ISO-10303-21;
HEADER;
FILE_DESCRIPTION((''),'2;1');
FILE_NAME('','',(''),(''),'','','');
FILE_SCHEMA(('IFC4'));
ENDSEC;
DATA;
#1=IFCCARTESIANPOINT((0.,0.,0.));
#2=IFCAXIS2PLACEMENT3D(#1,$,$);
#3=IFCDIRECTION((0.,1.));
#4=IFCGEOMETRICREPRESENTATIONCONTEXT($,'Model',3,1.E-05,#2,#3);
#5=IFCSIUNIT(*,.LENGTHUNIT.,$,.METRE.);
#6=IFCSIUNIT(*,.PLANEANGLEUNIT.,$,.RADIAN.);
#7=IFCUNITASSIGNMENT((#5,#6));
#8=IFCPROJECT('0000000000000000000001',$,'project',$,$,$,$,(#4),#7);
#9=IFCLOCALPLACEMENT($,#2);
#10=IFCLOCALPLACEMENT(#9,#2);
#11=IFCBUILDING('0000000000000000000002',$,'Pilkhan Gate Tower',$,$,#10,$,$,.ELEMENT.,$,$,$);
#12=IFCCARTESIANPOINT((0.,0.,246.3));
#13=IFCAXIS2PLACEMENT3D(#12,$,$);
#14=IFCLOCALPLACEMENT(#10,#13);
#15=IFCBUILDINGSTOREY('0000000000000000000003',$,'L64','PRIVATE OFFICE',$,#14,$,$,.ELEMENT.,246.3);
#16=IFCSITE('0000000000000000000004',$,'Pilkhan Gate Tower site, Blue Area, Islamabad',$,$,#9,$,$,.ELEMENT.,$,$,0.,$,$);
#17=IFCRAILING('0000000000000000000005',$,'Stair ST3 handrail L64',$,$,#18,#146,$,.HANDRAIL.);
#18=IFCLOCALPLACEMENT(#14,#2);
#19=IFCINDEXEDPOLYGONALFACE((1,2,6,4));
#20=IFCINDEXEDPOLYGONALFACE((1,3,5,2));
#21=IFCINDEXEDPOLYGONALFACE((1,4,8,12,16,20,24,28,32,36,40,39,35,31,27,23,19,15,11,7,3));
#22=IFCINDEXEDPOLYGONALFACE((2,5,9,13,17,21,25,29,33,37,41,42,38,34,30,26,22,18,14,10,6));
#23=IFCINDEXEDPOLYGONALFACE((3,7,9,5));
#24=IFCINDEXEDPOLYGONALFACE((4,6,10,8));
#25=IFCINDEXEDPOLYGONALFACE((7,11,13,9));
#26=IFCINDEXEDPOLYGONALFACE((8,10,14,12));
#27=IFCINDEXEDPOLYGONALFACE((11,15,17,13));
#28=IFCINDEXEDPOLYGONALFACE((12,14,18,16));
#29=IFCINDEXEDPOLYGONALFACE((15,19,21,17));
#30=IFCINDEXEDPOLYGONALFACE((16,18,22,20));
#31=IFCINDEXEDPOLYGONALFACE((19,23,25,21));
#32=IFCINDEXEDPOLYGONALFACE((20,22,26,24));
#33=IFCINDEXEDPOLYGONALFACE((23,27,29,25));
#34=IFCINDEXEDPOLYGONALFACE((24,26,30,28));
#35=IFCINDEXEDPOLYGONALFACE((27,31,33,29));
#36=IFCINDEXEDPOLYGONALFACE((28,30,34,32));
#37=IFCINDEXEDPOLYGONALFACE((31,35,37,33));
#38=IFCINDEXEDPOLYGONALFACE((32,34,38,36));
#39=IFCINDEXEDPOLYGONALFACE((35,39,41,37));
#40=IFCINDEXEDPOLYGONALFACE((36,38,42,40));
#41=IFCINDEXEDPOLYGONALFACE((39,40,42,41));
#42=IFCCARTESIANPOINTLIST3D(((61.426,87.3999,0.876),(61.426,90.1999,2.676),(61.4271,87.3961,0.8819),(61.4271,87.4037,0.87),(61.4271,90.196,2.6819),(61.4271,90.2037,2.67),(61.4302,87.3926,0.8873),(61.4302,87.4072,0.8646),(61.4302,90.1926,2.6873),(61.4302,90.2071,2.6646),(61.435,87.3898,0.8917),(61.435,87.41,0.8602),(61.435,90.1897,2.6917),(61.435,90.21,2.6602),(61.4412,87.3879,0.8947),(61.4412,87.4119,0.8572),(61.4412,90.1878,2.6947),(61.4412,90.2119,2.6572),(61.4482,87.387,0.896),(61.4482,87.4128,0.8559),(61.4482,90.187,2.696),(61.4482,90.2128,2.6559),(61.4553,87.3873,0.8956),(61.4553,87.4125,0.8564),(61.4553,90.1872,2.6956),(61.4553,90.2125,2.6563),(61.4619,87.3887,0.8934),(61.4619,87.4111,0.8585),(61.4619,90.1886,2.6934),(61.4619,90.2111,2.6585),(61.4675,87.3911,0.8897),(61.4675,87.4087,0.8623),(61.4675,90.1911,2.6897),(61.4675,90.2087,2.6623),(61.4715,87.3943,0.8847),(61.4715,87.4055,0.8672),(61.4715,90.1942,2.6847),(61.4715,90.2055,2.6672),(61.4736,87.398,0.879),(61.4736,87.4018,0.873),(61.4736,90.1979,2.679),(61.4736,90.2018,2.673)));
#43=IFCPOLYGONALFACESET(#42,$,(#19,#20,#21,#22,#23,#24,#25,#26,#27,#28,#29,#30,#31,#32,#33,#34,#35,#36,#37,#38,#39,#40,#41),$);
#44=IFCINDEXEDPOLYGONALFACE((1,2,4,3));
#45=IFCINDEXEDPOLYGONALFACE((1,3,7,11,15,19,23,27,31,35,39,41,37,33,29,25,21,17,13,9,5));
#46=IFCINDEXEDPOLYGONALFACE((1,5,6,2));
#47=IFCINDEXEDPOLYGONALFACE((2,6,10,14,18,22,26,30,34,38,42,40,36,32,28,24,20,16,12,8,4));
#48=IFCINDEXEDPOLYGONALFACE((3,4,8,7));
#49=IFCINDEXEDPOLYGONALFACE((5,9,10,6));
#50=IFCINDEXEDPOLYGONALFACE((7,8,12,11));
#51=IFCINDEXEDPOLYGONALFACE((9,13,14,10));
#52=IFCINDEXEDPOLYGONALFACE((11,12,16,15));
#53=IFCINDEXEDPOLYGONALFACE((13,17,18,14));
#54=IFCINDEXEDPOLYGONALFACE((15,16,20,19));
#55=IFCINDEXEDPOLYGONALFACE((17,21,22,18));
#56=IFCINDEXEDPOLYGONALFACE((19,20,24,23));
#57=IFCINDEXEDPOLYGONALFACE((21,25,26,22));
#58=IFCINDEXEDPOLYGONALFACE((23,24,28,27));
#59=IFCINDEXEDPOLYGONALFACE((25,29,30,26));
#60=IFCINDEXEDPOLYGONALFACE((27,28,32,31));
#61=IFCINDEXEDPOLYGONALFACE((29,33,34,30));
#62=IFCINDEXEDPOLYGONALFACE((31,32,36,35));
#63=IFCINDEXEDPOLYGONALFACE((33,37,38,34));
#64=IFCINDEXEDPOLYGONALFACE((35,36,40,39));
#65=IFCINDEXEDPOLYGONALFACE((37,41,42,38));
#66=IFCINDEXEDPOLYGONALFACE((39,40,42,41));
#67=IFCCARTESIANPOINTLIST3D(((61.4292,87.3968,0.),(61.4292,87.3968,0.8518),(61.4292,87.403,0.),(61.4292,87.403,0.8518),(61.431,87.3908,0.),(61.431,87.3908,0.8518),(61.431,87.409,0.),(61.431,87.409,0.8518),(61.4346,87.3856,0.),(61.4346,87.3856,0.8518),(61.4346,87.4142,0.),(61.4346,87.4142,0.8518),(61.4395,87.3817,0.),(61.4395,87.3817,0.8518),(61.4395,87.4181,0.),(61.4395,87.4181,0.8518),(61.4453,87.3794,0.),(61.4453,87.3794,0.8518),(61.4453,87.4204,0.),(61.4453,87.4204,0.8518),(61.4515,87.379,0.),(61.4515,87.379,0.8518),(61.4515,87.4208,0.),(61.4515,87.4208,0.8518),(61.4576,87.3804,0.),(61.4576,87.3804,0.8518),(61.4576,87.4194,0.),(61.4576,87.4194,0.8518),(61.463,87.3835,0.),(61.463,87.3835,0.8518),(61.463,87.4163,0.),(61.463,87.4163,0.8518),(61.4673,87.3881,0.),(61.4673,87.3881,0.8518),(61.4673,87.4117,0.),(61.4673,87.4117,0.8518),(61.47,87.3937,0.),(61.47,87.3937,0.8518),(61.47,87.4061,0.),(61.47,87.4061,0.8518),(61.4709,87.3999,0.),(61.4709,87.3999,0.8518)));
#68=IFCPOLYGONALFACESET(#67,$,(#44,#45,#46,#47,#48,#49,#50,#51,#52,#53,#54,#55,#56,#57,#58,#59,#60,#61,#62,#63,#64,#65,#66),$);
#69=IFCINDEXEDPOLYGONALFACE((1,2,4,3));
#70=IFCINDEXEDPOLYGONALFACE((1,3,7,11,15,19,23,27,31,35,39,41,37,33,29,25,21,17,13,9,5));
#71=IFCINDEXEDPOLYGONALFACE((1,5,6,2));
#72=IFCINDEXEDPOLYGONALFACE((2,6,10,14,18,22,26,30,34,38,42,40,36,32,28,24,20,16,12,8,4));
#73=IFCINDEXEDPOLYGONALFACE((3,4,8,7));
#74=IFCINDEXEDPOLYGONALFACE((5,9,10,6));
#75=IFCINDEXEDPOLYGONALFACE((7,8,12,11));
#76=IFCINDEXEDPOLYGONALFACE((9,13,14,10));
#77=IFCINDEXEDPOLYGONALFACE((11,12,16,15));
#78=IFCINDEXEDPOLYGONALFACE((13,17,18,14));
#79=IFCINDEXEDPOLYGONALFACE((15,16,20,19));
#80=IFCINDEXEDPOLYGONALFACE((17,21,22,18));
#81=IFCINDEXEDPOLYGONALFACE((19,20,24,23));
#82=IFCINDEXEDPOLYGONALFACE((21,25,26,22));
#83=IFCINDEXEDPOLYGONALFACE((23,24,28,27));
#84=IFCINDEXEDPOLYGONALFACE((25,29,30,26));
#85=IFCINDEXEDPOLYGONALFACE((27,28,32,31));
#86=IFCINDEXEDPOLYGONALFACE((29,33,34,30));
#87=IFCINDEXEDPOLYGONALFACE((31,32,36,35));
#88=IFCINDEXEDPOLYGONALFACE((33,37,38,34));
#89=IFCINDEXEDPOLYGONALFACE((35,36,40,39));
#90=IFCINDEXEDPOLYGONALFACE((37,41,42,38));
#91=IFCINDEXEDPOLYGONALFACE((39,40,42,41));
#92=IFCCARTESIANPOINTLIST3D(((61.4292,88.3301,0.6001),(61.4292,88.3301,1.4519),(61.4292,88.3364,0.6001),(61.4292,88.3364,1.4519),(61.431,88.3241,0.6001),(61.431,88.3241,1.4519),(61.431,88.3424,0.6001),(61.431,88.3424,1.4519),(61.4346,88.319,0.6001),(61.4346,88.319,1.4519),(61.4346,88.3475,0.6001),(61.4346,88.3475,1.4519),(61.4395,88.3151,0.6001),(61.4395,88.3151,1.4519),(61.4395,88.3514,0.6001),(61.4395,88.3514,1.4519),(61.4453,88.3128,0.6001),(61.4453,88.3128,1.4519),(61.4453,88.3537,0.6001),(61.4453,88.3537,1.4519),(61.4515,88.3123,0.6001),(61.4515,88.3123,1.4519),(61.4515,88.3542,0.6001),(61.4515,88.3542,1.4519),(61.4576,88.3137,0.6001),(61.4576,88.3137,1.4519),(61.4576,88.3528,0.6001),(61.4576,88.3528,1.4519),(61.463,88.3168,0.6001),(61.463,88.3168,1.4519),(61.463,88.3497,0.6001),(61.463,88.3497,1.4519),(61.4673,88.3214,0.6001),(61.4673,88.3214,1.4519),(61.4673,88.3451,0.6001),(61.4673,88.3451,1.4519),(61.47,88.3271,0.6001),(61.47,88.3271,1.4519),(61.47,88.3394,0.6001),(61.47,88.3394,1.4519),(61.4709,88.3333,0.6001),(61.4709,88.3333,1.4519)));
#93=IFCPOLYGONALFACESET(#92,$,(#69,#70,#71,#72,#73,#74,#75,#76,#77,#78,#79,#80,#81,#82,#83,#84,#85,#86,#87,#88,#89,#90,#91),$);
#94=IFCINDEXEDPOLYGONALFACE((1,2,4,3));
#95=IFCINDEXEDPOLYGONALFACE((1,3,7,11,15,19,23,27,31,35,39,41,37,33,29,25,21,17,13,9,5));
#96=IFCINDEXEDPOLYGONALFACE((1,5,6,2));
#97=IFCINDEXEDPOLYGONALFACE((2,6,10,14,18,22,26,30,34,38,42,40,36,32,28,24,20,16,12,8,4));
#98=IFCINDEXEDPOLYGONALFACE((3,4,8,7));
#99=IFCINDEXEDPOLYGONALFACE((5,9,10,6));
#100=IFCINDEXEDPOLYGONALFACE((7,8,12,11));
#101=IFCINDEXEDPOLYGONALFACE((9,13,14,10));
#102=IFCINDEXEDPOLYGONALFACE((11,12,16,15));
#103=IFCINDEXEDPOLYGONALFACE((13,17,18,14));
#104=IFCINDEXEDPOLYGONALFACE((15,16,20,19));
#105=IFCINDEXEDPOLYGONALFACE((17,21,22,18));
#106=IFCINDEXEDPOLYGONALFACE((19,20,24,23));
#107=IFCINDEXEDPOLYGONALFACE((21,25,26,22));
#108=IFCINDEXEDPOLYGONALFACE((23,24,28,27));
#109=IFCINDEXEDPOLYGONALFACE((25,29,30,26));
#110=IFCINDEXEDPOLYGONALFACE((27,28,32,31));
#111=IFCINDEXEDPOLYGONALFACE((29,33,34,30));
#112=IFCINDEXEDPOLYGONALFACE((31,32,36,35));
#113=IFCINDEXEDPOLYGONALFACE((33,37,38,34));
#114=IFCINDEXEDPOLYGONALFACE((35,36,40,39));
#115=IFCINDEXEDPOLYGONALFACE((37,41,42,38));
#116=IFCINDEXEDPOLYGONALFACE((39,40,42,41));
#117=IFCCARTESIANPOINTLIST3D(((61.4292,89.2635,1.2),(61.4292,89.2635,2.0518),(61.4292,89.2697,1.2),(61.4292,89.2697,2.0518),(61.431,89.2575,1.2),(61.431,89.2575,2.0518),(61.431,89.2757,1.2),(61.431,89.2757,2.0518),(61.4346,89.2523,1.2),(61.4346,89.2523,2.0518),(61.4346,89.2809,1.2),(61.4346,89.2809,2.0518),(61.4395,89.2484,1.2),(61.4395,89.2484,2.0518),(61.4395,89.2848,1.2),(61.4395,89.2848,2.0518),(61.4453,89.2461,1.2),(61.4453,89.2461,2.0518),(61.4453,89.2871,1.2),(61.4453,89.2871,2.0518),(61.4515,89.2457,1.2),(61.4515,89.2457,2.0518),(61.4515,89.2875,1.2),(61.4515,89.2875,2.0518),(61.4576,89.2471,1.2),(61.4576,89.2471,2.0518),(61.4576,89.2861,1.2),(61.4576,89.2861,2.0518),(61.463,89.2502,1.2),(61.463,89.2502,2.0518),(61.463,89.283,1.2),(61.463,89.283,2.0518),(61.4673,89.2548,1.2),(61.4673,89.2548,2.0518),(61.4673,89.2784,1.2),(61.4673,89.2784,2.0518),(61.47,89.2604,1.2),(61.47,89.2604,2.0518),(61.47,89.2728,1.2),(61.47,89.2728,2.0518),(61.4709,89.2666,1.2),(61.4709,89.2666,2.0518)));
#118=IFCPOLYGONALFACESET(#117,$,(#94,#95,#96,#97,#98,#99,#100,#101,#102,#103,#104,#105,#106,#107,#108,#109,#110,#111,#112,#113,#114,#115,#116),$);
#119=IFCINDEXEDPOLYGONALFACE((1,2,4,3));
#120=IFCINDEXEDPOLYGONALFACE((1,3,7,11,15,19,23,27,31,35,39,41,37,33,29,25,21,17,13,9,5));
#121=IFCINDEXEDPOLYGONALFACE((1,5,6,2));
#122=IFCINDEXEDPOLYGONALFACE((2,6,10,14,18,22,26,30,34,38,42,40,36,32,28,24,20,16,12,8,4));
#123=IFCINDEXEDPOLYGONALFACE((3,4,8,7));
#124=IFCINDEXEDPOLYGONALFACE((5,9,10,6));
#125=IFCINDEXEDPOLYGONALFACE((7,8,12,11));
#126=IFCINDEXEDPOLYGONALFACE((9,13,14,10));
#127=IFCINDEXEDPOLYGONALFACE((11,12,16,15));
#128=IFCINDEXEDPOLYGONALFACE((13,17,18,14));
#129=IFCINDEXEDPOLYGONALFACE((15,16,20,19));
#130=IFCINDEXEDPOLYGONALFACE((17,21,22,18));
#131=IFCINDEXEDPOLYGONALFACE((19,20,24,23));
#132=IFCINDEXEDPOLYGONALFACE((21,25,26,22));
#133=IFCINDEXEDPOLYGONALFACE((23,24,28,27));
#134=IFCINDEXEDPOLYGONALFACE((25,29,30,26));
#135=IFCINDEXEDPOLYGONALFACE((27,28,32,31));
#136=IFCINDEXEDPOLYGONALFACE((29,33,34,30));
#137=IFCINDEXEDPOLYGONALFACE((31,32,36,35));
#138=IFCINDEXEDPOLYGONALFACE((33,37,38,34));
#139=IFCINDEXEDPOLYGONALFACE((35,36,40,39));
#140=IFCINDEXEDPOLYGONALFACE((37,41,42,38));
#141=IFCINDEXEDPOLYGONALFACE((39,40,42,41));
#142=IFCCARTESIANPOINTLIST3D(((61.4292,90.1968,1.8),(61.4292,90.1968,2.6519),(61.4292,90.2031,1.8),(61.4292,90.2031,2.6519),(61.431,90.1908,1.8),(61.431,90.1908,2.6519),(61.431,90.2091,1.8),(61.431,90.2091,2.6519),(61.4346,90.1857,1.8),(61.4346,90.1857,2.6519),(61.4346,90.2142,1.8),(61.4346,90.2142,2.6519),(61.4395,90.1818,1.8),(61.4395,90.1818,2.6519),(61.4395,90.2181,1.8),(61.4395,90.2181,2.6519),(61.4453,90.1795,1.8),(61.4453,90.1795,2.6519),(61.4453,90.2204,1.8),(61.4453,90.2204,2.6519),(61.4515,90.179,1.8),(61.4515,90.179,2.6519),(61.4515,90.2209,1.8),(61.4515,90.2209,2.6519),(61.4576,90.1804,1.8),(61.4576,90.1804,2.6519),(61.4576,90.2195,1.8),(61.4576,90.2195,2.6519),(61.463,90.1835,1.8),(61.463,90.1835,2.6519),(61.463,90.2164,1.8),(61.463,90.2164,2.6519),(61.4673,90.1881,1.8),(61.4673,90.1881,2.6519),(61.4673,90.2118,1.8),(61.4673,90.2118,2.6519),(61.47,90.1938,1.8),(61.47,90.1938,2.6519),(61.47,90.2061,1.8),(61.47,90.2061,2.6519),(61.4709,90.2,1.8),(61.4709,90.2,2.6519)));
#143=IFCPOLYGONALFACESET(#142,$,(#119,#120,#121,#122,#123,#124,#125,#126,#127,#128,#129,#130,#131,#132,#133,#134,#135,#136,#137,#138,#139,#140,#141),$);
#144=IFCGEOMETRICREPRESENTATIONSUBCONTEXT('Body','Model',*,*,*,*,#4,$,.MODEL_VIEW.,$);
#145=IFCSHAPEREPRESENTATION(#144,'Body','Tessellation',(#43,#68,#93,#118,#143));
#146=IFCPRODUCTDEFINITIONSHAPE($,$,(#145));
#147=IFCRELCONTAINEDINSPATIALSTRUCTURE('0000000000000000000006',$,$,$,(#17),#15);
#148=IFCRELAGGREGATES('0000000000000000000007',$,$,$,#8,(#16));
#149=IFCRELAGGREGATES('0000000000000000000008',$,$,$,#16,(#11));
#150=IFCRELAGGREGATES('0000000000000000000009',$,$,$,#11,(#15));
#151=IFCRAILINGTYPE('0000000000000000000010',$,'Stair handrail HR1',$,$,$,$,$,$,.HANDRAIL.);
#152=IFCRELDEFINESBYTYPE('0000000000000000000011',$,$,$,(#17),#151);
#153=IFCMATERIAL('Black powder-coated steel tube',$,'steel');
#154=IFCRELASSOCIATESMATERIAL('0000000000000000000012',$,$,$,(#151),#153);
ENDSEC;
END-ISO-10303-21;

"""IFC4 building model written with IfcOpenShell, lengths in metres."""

from ifc_helpers import new_model, si_unit, direction, frame, origin, origin_2d, place, context, subcontext, project, spatial, circle, extrude, material, type_object, element, save


model = new_model("IFC4")

# Units and contexts
model_context = context("Model", 3, precision=1e-05, world=origin(), true_north=direction((0.0, 1.0)))
body_context = subcontext(model_context, "Body", "Model", "MODEL_VIEW")
ifc_project = project(units=[si_unit("LENGTHUNIT", "METRE"), si_unit("PLANEANGLEUNIT", "RADIAN")], contexts=[model_context])

# Site, building, storey
site_placement = place(None, origin())
site = spatial("IfcSite", under=ifc_project, at=site_placement, Name="Pilkhan Gate Tower site, Blue Area, Islamabad", CompositionType="ELEMENT", RefElevation=0.0)
building_placement = place(site_placement, origin())
building = spatial("IfcBuilding", under=site, at=building_placement, Name="Pilkhan Gate Tower", CompositionType="ELEMENT")
storey_placement = place(building_placement, frame((0.0, 0.0, 246.3)))
storey = spatial("IfcBuildingStorey", under=building, at=storey_placement, Name="L64", Description="PRIVATE OFFICE", CompositionType="ELEMENT", Elevation=246.3)

# Railing
ifc_material_1 = material(Name="Black powder-coated steel tube", Category="steel")
railing_type_1 = type_object("IfcRailingType", Name="Stair handrail HR1", PredefinedType="HANDRAIL", material=ifc_material_1)
for number, where, name in (
    (1, (61.45, 87.3999, 0.0), "Stair ST3 handrail L64"),
):
    element("IfcRailing", number, at=place(storey_placement, frame(where)), inside=storey, type_object=railing_type_1, Name=name, PredefinedType="HANDRAIL", context=body_context, shape_type="SweptSolid", body=[
        extrude(circle(Radius=0.0239, at=origin_2d()), frame((0.0, 0.0, 0.876), z_axis=(0.0, 0.841176, 0.540761), x_axis=(-1.0, 0.0, 0.0)), (0.0, 0.0, 1.0), 3.3286),
        extrude(circle(Radius=0.021, at=origin_2d()), origin(), (0.0, 0.0, 1.0), 0.8518),
        extrude(circle(Radius=0.021, at=origin_2d()), frame((0.0, 0.9333, 0.6001)), (0.0, 0.0, 1.0), 0.8518),
        extrude(circle(Radius=0.021, at=origin_2d()), frame((0.0, 1.8667, 1.2)), (0.0, 0.0, 1.0), 0.8518),
        extrude(circle(Radius=0.021, at=origin_2d()), frame((0.0, 2.8, 1.8)), (0.0, 0.0, 1.0), 0.8518),
    ])

save(model, "model.ifc")
